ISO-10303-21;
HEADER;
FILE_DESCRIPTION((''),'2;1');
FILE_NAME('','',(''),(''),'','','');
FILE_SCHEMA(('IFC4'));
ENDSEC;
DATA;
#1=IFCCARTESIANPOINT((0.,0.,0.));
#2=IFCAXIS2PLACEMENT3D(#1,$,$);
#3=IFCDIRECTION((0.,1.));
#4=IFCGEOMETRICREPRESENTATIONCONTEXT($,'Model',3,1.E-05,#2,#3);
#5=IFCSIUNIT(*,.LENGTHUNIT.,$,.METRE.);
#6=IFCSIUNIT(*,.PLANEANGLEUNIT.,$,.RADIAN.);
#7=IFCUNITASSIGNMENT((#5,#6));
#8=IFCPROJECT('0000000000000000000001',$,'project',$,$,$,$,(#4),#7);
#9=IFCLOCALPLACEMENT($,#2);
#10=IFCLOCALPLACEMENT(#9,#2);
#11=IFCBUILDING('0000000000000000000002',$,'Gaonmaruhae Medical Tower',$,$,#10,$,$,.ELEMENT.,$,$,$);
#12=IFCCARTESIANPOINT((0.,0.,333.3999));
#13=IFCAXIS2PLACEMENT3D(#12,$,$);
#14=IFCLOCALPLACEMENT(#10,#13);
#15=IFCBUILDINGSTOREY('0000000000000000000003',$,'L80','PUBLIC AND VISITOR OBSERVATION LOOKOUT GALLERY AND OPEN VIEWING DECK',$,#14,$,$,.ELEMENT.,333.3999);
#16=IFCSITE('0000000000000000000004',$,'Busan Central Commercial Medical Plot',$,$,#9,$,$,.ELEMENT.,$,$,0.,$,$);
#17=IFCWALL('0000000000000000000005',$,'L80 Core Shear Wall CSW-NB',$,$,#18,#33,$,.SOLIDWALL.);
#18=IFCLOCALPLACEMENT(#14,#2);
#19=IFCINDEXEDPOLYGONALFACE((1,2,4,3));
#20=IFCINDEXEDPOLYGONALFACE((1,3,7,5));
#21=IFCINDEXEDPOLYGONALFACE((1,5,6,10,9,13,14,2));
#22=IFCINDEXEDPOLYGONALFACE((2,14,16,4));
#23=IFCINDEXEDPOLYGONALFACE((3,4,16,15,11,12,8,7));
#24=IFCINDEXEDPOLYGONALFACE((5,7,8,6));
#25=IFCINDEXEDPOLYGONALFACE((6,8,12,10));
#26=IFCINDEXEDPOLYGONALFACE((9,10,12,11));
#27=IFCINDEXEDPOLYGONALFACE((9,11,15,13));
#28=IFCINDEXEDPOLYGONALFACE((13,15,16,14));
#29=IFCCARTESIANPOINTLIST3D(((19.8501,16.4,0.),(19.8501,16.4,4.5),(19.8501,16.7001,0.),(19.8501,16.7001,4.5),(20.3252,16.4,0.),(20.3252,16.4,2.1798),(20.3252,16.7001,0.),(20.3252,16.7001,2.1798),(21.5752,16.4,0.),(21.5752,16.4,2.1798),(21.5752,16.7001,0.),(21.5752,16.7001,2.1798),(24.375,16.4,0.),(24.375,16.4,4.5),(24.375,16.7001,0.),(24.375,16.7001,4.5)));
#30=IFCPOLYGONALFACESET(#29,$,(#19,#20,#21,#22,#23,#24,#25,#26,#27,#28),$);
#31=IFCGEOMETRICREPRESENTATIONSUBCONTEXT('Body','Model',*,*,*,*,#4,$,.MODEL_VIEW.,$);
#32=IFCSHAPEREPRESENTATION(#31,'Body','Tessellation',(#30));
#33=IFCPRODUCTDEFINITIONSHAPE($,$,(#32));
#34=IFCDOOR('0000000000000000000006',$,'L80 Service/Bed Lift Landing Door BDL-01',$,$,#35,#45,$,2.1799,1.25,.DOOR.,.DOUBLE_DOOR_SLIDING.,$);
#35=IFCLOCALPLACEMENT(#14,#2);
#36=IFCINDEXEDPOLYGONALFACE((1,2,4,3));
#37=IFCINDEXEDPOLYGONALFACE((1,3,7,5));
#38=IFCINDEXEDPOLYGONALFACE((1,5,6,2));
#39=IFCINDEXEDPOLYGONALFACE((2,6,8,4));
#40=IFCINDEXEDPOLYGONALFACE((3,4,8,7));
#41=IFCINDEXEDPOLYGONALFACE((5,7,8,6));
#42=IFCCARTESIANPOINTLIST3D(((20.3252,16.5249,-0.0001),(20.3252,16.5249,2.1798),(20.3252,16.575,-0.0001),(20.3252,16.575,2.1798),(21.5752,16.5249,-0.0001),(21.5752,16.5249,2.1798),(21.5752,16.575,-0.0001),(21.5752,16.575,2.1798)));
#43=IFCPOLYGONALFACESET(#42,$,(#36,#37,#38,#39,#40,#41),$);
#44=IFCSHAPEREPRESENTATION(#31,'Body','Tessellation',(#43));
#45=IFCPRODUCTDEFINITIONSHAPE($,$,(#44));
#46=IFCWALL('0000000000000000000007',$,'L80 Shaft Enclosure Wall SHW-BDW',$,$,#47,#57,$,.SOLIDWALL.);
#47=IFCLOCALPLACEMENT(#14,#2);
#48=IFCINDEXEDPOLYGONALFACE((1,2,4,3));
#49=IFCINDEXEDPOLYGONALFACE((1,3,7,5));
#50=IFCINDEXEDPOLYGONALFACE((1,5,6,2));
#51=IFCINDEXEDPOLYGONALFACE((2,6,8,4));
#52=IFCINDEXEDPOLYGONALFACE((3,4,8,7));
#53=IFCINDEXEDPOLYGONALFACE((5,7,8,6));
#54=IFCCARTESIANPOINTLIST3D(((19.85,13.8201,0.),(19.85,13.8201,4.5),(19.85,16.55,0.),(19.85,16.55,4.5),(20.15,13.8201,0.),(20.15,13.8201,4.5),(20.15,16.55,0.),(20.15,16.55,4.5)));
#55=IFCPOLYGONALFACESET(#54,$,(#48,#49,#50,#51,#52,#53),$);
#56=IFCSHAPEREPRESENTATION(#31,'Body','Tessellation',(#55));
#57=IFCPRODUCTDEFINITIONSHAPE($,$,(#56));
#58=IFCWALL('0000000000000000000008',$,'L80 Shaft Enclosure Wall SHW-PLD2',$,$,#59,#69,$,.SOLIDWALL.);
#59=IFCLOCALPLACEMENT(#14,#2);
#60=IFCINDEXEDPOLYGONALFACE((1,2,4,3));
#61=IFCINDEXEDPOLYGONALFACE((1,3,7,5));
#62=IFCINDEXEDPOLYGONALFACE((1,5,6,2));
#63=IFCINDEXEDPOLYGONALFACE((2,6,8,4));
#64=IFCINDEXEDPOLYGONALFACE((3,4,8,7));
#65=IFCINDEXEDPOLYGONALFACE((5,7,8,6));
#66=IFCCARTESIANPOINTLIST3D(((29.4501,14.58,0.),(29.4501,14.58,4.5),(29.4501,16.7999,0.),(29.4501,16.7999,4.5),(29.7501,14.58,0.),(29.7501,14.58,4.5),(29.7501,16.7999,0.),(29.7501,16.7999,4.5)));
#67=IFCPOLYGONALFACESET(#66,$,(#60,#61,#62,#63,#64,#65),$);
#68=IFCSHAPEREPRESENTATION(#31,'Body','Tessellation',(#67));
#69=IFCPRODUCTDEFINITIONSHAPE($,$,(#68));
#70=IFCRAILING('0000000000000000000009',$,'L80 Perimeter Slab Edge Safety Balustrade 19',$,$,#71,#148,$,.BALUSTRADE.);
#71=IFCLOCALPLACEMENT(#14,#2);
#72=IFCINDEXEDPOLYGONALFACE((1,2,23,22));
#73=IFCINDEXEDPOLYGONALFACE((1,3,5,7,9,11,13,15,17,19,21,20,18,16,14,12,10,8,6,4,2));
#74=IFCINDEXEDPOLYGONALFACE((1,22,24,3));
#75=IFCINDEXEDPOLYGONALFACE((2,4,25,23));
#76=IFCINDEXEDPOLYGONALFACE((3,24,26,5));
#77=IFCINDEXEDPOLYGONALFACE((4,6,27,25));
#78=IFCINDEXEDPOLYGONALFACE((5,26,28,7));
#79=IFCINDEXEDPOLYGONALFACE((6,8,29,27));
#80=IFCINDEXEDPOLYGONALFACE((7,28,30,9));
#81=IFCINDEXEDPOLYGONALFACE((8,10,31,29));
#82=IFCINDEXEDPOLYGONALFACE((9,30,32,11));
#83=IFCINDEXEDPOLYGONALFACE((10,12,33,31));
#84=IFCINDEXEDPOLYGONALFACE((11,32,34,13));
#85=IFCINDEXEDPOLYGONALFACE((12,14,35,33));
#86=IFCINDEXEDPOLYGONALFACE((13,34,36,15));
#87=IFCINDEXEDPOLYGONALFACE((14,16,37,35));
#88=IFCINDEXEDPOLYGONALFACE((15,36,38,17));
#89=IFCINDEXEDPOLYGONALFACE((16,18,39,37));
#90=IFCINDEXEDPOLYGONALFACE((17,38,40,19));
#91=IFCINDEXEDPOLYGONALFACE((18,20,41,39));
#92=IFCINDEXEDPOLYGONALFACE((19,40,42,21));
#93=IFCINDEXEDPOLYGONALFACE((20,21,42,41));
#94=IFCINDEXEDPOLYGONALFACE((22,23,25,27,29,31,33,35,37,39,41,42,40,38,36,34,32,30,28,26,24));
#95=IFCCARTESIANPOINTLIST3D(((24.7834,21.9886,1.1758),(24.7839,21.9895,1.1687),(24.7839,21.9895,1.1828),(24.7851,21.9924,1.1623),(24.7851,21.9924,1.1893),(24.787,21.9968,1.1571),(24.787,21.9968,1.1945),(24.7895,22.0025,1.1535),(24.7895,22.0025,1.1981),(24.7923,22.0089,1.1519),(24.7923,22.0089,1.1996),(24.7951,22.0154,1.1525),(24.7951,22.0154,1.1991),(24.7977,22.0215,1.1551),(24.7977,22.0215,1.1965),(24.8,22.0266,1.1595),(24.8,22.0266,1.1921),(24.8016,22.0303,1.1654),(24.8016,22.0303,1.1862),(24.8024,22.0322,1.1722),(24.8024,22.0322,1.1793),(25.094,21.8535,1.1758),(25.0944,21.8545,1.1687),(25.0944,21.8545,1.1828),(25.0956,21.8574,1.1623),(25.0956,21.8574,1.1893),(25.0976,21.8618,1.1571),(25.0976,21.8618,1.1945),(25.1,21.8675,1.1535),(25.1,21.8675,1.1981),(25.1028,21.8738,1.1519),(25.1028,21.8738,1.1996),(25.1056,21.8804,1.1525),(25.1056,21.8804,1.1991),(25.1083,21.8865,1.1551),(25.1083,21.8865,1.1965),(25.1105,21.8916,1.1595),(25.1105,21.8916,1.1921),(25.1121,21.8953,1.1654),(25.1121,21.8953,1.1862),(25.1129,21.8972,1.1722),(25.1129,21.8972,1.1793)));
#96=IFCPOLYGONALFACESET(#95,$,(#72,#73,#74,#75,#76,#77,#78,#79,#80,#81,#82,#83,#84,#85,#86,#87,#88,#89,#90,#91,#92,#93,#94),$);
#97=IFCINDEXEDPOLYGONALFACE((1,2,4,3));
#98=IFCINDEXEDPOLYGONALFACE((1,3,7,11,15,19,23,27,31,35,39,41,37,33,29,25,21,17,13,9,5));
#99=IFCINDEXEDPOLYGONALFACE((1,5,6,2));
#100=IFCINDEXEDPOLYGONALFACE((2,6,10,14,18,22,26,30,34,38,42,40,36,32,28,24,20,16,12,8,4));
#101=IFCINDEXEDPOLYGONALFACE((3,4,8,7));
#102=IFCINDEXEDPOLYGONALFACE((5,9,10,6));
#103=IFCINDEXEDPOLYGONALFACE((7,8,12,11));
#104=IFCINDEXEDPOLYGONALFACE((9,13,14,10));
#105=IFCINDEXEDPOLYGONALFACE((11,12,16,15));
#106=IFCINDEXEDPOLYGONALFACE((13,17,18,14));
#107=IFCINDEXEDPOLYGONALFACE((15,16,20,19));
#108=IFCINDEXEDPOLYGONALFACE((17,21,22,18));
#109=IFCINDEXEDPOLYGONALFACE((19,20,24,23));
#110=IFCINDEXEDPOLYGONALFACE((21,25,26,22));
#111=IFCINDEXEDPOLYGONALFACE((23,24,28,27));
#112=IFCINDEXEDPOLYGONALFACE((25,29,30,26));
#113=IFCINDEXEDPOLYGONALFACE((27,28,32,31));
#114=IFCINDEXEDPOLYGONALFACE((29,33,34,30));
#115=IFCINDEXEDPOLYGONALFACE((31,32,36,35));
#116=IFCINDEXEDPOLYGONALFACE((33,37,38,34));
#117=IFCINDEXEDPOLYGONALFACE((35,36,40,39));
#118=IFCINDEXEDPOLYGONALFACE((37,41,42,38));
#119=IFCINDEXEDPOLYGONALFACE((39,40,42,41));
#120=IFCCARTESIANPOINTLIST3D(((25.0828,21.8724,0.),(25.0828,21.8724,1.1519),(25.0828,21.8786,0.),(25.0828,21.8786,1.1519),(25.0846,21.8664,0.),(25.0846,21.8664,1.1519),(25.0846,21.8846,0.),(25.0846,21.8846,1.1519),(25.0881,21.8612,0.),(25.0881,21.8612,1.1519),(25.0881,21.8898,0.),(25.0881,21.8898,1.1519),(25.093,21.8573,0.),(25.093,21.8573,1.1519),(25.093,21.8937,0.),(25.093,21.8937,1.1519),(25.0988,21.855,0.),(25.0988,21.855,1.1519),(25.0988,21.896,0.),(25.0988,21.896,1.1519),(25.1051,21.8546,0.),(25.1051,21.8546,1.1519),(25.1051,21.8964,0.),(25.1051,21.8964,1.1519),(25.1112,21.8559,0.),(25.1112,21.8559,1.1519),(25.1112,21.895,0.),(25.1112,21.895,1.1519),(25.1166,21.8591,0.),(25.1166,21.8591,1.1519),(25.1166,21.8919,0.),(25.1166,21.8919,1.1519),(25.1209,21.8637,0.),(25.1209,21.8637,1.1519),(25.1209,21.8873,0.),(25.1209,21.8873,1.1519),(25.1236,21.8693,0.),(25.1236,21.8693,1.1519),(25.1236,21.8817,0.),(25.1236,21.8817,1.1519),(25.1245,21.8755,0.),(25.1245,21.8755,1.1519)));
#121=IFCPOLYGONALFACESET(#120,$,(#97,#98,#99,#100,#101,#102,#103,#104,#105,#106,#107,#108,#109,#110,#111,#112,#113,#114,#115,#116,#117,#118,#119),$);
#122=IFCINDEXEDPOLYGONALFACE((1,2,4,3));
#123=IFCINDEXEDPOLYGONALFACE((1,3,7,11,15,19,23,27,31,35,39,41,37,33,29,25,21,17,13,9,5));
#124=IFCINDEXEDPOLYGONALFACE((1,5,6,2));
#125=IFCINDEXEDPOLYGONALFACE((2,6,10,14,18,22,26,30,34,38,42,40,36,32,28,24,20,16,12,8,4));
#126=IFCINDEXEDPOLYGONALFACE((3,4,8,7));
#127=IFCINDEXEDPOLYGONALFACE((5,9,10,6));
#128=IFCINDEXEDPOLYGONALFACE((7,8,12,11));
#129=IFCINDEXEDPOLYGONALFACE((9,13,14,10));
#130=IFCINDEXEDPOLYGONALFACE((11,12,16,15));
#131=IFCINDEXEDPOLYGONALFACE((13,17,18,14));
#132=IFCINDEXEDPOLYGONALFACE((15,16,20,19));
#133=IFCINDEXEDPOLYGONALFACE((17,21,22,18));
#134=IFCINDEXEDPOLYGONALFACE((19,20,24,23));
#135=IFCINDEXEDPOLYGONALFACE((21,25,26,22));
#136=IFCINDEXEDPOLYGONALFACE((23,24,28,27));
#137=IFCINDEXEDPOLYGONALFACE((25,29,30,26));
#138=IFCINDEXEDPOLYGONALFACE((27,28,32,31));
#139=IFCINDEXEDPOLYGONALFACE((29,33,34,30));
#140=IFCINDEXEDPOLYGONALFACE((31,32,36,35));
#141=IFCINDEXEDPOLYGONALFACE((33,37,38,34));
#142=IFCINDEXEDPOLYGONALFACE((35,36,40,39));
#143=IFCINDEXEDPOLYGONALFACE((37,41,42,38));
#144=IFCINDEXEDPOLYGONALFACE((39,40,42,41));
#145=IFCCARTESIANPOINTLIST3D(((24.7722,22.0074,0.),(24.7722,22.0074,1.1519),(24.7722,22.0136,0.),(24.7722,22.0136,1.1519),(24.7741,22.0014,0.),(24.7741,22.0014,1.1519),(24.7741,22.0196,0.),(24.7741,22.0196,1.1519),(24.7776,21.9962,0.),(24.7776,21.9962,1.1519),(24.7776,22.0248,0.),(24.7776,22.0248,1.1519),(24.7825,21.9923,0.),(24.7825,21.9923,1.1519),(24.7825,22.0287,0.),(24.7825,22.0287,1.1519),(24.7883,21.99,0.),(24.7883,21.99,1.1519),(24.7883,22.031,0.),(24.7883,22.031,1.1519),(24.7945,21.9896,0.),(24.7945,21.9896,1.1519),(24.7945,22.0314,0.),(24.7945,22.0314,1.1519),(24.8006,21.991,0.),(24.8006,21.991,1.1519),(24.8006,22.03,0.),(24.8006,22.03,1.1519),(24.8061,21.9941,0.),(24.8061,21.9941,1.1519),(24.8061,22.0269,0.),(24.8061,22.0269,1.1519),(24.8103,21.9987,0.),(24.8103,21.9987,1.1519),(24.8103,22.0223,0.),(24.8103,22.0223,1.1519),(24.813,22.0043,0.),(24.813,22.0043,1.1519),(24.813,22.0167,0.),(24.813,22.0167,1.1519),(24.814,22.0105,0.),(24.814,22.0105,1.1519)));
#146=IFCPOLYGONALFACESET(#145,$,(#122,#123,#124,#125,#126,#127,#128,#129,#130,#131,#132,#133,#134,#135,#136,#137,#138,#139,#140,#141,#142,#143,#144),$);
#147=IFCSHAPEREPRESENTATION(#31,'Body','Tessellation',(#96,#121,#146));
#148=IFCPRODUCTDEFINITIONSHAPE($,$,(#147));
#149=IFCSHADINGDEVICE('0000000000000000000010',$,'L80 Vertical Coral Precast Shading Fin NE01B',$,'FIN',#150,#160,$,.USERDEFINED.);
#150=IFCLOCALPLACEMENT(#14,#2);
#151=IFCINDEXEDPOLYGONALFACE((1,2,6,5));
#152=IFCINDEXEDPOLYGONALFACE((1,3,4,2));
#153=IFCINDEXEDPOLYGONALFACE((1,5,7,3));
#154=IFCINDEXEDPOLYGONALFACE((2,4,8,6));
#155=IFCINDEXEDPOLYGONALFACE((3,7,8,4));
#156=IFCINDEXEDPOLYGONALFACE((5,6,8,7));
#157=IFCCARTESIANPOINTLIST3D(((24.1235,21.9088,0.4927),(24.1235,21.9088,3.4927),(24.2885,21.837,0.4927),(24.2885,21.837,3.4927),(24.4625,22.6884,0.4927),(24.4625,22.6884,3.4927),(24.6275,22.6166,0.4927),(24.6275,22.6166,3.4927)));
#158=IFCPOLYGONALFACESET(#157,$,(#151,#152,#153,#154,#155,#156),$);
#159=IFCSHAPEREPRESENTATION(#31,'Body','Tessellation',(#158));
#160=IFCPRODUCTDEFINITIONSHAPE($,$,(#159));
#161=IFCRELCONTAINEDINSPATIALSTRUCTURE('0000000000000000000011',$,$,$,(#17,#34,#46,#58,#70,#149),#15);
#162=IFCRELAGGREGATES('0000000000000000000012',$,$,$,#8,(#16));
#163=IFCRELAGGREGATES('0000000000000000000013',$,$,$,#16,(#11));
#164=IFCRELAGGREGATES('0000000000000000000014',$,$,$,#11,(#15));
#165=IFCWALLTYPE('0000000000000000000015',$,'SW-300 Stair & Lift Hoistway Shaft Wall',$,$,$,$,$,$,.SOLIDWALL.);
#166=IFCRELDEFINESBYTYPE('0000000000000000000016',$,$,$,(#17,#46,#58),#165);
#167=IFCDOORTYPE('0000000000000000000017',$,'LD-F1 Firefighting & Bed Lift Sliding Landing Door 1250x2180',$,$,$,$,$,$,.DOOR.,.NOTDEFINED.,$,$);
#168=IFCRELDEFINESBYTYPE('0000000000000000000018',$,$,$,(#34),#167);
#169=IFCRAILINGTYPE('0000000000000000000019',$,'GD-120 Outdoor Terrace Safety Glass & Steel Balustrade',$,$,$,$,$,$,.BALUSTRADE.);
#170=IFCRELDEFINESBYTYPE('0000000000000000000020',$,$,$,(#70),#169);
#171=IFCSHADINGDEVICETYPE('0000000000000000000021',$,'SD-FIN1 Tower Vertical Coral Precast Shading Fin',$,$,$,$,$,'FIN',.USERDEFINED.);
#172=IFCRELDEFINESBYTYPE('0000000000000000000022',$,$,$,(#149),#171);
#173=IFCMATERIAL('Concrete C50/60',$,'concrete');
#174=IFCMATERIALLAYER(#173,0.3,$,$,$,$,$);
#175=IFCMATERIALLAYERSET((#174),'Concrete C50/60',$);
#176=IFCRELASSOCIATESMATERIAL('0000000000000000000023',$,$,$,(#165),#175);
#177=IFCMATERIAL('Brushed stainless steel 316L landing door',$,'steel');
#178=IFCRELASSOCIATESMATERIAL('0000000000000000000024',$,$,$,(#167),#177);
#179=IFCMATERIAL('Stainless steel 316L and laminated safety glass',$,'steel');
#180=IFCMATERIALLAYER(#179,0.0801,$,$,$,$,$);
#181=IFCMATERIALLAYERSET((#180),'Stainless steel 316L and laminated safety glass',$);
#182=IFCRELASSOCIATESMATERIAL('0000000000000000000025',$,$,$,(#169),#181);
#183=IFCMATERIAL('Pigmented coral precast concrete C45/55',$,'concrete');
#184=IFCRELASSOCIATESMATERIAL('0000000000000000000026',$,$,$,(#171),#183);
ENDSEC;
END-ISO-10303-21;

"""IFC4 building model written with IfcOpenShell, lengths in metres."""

from ifc_helpers import new_model, si_unit, direction, frame, frame_2d, origin, origin_2d, place, context, subcontext, project, spatial, rectangle, circle, extrude, material, layer, layer_set, type_object, element, fill, save


model = new_model("IFC4")

# Units and contexts
model_context = context("Model", 3, precision=1e-05, world=origin(), true_north=direction((0.0, 1.0)))
body_context = subcontext(model_context, "Body", "Model", "MODEL_VIEW")
ifc_project = project(units=[si_unit("LENGTHUNIT", "METRE"), si_unit("PLANEANGLEUNIT", "RADIAN")], contexts=[model_context])

# Site, building, storey
site_placement = place(None, origin())
site = spatial("IfcSite", under=ifc_project, at=site_placement, Name="Busan Central Commercial Medical Plot", CompositionType="ELEMENT", RefElevation=0.0)
building_placement = place(site_placement, origin())
building = spatial("IfcBuilding", under=site, at=building_placement, Name="Gaonmaruhae Medical Tower", CompositionType="ELEMENT")
storey_placement = place(building_placement, frame((0.0, 0.0, 333.3999)))
storey = spatial("IfcBuildingStorey", under=building, at=storey_placement, Name="L80", Description="PUBLIC AND VISITOR OBSERVATION LOOKOUT GALLERY AND OPEN VIEWING DECK", CompositionType="ELEMENT", Elevation=333.3999)

# Shared definitions
ifc_material_1 = material(Name="Concrete C50/60", Category="concrete")

# Wall, opening, door
ifc_layer_1 = layer(ifc_material_1, 0.3)
ifc_layer_set_1 = layer_set([ifc_layer_1], Name="Concrete C50/60")
wall_type_1 = type_object("IfcWallType", Name="SW-300 Stair & Lift Hoistway Shaft Wall", PredefinedType="SOLIDWALL", material=ifc_layer_set_1)
wall_1_placement = place(storey_placement, frame((19.8501, 16.55, 0.0), z_axis=(0.0, 0.0, 1.0), x_axis=(1.0, 0.0, 0.0)))
wall_1 = element("IfcWall", 1, at=wall_1_placement, inside=storey, type_object=wall_type_1, Name="L80 Core Shear Wall CSW-NB", PredefinedType="SOLIDWALL", context=body_context, shape_type="SweptSolid", body=[
    extrude(rectangle(XDim=4.5249, YDim=0.3, at=frame_2d((2.2625, 0.0))), origin(), (0.0, 0.0, 1.0), 4.5),
])
opening_1_placement = place(wall_1_placement, frame((0.4751, 0.0, 0.0)))
opening_1 = element("IfcOpeningElement", 2, at=opening_1_placement, cuts=wall_1, PredefinedType="OPENING", context=body_context, shape_type="SweptSolid", body=[
    extrude(rectangle(XDim=1.25, YDim=2.1799, at=frame_2d((0.625, 1.0898))), frame((0.0, 0.1602, 0.0), z_axis=(0.0, -1.0, 0.0), x_axis=(1.0, 0.0, 0.0)), (0.0, 0.0, 1.0), 0.3201),
])
ifc_material_2 = material(Name="Brushed stainless steel 316L landing door", Category="steel")
door_type_1 = type_object("IfcDoorType", Name="LD-F1 Firefighting & Bed Lift Sliding Landing Door 1250x2180", OperationType="NOTDEFINED", PredefinedType="DOOR", material=ifc_material_2)
door_1_placement = place(opening_1_placement, origin())
door_1 = element("IfcDoor", 3, at=door_1_placement, inside=storey, type_object=door_type_1, Name="L80 Service/Bed Lift Landing Door BDL-01", OperationType="DOUBLE_DOOR_SLIDING", OverallHeight=2.1799, OverallWidth=1.25, PredefinedType="DOOR", context=body_context, shape_type="SweptSolid", body=[
    extrude(rectangle(XDim=1.25, YDim=2.1799, at=frame_2d((0.625, 1.0898))), frame((0.0, 0.0249, 0.0), z_axis=(0.0, -1.0, 0.0), x_axis=(1.0, 0.0, 0.0)), (0.0, 0.0, 1.0), 0.05),
])
fill(opening_1, door_1)

# Wall
wall_2_placement = place(storey_placement, frame((20.0, 13.8201, 0.0), z_axis=(0.0, 0.0, 1.0), x_axis=(0.0, 1.0, 0.0)))
element("IfcWall", 4, at=wall_2_placement, inside=storey, type_object=wall_type_1, Name="L80 Shaft Enclosure Wall SHW-BDW", PredefinedType="SOLIDWALL", context=body_context, shape_type="SweptSolid", body=[
    extrude(rectangle(XDim=2.73, YDim=0.3, at=frame_2d((1.365, 0.0))), origin(), (0.0, 0.0, 1.0), 4.5),
])

# Wall
wall_3_placement = place(storey_placement, frame((29.6001, 14.5801, 0.0), z_axis=(0.0, 0.0, 1.0), x_axis=(0.0, 1.0, 0.0)))
element("IfcWall", 5, at=wall_3_placement, inside=storey, type_object=wall_type_1, Name="L80 Shaft Enclosure Wall SHW-PLD2", PredefinedType="SOLIDWALL", context=body_context, shape_type="SweptSolid", body=[
    extrude(rectangle(XDim=2.22, YDim=0.3, at=frame_2d((1.1099, 0.0))), origin(), (0.0, 0.0, 1.0), 4.5),
])

# Railing
ifc_material_3 = material(Name="Stainless steel 316L and laminated safety glass", Category="steel")
ifc_layer_2 = layer(ifc_material_3, 0.0801)
ifc_layer_set_2 = layer_set([ifc_layer_2], Name="Stainless steel 316L and laminated safety glass")
railing_type_1 = type_object("IfcRailingType", Name="GD-120 Outdoor Terrace Safety Glass & Steel Balustrade", PredefinedType="BALUSTRADE", material=ifc_layer_set_2)
railing_1_placement = place(storey_placement, frame((25.1035, 21.8755, 0.0)))
element("IfcRailing", 6, at=railing_1_placement, inside=storey, type_object=railing_type_1, Name="L80 Perimeter Slab Edge Safety Balustrade 19", PredefinedType="BALUSTRADE", context=body_context, shape_type="SweptSolid", body=[
    extrude(circle(Radius=0.0239, at=origin_2d()), frame((0.0, 0.0, 1.1758), z_axis=(-0.917082, 0.3987, 0.0), x_axis=(-0.3987, -0.917082, 0.0)), (0.0, 0.0, 1.0), 0.3386),
    extrude(circle(Radius=0.021, at=origin_2d()), origin(), (0.0, 0.0, 1.0), 1.1519),
    extrude(circle(Radius=0.021, at=origin_2d()), frame((-0.3105, 0.135, 0.0)), (0.0, 0.0, 1.0), 1.1519),
])

# Shading device
ifc_material_4 = material(Name="Pigmented coral precast concrete C45/55", Category="concrete")
shading_device_type = type_object("IfcShadingDeviceType", Name="SD-FIN1 Tower Vertical Coral Precast Shading Fin", ElementType="FIN", PredefinedType="USERDEFINED", material=ifc_material_4)
shading_device_placement = place(storey_placement, frame((24.3755, 22.2627, 0.4927), z_axis=(0.0, 0.0, 1.0), x_axis=(0.91706, -0.398749, 0.0)))
element("IfcShadingDevice", 7, at=shading_device_placement, inside=storey, type_object=shading_device_type, Name="L80 Vertical Coral Precast Shading Fin NE01B", ObjectType="FIN", PredefinedType="USERDEFINED", context=body_context, shape_type="SweptSolid", body=[
    extrude(rectangle(XDim=0.1799, YDim=0.8501, at=origin_2d()), origin(), (0.0, 0.0, 1.0), 3.0),
])

save(model, "model.ifc")
